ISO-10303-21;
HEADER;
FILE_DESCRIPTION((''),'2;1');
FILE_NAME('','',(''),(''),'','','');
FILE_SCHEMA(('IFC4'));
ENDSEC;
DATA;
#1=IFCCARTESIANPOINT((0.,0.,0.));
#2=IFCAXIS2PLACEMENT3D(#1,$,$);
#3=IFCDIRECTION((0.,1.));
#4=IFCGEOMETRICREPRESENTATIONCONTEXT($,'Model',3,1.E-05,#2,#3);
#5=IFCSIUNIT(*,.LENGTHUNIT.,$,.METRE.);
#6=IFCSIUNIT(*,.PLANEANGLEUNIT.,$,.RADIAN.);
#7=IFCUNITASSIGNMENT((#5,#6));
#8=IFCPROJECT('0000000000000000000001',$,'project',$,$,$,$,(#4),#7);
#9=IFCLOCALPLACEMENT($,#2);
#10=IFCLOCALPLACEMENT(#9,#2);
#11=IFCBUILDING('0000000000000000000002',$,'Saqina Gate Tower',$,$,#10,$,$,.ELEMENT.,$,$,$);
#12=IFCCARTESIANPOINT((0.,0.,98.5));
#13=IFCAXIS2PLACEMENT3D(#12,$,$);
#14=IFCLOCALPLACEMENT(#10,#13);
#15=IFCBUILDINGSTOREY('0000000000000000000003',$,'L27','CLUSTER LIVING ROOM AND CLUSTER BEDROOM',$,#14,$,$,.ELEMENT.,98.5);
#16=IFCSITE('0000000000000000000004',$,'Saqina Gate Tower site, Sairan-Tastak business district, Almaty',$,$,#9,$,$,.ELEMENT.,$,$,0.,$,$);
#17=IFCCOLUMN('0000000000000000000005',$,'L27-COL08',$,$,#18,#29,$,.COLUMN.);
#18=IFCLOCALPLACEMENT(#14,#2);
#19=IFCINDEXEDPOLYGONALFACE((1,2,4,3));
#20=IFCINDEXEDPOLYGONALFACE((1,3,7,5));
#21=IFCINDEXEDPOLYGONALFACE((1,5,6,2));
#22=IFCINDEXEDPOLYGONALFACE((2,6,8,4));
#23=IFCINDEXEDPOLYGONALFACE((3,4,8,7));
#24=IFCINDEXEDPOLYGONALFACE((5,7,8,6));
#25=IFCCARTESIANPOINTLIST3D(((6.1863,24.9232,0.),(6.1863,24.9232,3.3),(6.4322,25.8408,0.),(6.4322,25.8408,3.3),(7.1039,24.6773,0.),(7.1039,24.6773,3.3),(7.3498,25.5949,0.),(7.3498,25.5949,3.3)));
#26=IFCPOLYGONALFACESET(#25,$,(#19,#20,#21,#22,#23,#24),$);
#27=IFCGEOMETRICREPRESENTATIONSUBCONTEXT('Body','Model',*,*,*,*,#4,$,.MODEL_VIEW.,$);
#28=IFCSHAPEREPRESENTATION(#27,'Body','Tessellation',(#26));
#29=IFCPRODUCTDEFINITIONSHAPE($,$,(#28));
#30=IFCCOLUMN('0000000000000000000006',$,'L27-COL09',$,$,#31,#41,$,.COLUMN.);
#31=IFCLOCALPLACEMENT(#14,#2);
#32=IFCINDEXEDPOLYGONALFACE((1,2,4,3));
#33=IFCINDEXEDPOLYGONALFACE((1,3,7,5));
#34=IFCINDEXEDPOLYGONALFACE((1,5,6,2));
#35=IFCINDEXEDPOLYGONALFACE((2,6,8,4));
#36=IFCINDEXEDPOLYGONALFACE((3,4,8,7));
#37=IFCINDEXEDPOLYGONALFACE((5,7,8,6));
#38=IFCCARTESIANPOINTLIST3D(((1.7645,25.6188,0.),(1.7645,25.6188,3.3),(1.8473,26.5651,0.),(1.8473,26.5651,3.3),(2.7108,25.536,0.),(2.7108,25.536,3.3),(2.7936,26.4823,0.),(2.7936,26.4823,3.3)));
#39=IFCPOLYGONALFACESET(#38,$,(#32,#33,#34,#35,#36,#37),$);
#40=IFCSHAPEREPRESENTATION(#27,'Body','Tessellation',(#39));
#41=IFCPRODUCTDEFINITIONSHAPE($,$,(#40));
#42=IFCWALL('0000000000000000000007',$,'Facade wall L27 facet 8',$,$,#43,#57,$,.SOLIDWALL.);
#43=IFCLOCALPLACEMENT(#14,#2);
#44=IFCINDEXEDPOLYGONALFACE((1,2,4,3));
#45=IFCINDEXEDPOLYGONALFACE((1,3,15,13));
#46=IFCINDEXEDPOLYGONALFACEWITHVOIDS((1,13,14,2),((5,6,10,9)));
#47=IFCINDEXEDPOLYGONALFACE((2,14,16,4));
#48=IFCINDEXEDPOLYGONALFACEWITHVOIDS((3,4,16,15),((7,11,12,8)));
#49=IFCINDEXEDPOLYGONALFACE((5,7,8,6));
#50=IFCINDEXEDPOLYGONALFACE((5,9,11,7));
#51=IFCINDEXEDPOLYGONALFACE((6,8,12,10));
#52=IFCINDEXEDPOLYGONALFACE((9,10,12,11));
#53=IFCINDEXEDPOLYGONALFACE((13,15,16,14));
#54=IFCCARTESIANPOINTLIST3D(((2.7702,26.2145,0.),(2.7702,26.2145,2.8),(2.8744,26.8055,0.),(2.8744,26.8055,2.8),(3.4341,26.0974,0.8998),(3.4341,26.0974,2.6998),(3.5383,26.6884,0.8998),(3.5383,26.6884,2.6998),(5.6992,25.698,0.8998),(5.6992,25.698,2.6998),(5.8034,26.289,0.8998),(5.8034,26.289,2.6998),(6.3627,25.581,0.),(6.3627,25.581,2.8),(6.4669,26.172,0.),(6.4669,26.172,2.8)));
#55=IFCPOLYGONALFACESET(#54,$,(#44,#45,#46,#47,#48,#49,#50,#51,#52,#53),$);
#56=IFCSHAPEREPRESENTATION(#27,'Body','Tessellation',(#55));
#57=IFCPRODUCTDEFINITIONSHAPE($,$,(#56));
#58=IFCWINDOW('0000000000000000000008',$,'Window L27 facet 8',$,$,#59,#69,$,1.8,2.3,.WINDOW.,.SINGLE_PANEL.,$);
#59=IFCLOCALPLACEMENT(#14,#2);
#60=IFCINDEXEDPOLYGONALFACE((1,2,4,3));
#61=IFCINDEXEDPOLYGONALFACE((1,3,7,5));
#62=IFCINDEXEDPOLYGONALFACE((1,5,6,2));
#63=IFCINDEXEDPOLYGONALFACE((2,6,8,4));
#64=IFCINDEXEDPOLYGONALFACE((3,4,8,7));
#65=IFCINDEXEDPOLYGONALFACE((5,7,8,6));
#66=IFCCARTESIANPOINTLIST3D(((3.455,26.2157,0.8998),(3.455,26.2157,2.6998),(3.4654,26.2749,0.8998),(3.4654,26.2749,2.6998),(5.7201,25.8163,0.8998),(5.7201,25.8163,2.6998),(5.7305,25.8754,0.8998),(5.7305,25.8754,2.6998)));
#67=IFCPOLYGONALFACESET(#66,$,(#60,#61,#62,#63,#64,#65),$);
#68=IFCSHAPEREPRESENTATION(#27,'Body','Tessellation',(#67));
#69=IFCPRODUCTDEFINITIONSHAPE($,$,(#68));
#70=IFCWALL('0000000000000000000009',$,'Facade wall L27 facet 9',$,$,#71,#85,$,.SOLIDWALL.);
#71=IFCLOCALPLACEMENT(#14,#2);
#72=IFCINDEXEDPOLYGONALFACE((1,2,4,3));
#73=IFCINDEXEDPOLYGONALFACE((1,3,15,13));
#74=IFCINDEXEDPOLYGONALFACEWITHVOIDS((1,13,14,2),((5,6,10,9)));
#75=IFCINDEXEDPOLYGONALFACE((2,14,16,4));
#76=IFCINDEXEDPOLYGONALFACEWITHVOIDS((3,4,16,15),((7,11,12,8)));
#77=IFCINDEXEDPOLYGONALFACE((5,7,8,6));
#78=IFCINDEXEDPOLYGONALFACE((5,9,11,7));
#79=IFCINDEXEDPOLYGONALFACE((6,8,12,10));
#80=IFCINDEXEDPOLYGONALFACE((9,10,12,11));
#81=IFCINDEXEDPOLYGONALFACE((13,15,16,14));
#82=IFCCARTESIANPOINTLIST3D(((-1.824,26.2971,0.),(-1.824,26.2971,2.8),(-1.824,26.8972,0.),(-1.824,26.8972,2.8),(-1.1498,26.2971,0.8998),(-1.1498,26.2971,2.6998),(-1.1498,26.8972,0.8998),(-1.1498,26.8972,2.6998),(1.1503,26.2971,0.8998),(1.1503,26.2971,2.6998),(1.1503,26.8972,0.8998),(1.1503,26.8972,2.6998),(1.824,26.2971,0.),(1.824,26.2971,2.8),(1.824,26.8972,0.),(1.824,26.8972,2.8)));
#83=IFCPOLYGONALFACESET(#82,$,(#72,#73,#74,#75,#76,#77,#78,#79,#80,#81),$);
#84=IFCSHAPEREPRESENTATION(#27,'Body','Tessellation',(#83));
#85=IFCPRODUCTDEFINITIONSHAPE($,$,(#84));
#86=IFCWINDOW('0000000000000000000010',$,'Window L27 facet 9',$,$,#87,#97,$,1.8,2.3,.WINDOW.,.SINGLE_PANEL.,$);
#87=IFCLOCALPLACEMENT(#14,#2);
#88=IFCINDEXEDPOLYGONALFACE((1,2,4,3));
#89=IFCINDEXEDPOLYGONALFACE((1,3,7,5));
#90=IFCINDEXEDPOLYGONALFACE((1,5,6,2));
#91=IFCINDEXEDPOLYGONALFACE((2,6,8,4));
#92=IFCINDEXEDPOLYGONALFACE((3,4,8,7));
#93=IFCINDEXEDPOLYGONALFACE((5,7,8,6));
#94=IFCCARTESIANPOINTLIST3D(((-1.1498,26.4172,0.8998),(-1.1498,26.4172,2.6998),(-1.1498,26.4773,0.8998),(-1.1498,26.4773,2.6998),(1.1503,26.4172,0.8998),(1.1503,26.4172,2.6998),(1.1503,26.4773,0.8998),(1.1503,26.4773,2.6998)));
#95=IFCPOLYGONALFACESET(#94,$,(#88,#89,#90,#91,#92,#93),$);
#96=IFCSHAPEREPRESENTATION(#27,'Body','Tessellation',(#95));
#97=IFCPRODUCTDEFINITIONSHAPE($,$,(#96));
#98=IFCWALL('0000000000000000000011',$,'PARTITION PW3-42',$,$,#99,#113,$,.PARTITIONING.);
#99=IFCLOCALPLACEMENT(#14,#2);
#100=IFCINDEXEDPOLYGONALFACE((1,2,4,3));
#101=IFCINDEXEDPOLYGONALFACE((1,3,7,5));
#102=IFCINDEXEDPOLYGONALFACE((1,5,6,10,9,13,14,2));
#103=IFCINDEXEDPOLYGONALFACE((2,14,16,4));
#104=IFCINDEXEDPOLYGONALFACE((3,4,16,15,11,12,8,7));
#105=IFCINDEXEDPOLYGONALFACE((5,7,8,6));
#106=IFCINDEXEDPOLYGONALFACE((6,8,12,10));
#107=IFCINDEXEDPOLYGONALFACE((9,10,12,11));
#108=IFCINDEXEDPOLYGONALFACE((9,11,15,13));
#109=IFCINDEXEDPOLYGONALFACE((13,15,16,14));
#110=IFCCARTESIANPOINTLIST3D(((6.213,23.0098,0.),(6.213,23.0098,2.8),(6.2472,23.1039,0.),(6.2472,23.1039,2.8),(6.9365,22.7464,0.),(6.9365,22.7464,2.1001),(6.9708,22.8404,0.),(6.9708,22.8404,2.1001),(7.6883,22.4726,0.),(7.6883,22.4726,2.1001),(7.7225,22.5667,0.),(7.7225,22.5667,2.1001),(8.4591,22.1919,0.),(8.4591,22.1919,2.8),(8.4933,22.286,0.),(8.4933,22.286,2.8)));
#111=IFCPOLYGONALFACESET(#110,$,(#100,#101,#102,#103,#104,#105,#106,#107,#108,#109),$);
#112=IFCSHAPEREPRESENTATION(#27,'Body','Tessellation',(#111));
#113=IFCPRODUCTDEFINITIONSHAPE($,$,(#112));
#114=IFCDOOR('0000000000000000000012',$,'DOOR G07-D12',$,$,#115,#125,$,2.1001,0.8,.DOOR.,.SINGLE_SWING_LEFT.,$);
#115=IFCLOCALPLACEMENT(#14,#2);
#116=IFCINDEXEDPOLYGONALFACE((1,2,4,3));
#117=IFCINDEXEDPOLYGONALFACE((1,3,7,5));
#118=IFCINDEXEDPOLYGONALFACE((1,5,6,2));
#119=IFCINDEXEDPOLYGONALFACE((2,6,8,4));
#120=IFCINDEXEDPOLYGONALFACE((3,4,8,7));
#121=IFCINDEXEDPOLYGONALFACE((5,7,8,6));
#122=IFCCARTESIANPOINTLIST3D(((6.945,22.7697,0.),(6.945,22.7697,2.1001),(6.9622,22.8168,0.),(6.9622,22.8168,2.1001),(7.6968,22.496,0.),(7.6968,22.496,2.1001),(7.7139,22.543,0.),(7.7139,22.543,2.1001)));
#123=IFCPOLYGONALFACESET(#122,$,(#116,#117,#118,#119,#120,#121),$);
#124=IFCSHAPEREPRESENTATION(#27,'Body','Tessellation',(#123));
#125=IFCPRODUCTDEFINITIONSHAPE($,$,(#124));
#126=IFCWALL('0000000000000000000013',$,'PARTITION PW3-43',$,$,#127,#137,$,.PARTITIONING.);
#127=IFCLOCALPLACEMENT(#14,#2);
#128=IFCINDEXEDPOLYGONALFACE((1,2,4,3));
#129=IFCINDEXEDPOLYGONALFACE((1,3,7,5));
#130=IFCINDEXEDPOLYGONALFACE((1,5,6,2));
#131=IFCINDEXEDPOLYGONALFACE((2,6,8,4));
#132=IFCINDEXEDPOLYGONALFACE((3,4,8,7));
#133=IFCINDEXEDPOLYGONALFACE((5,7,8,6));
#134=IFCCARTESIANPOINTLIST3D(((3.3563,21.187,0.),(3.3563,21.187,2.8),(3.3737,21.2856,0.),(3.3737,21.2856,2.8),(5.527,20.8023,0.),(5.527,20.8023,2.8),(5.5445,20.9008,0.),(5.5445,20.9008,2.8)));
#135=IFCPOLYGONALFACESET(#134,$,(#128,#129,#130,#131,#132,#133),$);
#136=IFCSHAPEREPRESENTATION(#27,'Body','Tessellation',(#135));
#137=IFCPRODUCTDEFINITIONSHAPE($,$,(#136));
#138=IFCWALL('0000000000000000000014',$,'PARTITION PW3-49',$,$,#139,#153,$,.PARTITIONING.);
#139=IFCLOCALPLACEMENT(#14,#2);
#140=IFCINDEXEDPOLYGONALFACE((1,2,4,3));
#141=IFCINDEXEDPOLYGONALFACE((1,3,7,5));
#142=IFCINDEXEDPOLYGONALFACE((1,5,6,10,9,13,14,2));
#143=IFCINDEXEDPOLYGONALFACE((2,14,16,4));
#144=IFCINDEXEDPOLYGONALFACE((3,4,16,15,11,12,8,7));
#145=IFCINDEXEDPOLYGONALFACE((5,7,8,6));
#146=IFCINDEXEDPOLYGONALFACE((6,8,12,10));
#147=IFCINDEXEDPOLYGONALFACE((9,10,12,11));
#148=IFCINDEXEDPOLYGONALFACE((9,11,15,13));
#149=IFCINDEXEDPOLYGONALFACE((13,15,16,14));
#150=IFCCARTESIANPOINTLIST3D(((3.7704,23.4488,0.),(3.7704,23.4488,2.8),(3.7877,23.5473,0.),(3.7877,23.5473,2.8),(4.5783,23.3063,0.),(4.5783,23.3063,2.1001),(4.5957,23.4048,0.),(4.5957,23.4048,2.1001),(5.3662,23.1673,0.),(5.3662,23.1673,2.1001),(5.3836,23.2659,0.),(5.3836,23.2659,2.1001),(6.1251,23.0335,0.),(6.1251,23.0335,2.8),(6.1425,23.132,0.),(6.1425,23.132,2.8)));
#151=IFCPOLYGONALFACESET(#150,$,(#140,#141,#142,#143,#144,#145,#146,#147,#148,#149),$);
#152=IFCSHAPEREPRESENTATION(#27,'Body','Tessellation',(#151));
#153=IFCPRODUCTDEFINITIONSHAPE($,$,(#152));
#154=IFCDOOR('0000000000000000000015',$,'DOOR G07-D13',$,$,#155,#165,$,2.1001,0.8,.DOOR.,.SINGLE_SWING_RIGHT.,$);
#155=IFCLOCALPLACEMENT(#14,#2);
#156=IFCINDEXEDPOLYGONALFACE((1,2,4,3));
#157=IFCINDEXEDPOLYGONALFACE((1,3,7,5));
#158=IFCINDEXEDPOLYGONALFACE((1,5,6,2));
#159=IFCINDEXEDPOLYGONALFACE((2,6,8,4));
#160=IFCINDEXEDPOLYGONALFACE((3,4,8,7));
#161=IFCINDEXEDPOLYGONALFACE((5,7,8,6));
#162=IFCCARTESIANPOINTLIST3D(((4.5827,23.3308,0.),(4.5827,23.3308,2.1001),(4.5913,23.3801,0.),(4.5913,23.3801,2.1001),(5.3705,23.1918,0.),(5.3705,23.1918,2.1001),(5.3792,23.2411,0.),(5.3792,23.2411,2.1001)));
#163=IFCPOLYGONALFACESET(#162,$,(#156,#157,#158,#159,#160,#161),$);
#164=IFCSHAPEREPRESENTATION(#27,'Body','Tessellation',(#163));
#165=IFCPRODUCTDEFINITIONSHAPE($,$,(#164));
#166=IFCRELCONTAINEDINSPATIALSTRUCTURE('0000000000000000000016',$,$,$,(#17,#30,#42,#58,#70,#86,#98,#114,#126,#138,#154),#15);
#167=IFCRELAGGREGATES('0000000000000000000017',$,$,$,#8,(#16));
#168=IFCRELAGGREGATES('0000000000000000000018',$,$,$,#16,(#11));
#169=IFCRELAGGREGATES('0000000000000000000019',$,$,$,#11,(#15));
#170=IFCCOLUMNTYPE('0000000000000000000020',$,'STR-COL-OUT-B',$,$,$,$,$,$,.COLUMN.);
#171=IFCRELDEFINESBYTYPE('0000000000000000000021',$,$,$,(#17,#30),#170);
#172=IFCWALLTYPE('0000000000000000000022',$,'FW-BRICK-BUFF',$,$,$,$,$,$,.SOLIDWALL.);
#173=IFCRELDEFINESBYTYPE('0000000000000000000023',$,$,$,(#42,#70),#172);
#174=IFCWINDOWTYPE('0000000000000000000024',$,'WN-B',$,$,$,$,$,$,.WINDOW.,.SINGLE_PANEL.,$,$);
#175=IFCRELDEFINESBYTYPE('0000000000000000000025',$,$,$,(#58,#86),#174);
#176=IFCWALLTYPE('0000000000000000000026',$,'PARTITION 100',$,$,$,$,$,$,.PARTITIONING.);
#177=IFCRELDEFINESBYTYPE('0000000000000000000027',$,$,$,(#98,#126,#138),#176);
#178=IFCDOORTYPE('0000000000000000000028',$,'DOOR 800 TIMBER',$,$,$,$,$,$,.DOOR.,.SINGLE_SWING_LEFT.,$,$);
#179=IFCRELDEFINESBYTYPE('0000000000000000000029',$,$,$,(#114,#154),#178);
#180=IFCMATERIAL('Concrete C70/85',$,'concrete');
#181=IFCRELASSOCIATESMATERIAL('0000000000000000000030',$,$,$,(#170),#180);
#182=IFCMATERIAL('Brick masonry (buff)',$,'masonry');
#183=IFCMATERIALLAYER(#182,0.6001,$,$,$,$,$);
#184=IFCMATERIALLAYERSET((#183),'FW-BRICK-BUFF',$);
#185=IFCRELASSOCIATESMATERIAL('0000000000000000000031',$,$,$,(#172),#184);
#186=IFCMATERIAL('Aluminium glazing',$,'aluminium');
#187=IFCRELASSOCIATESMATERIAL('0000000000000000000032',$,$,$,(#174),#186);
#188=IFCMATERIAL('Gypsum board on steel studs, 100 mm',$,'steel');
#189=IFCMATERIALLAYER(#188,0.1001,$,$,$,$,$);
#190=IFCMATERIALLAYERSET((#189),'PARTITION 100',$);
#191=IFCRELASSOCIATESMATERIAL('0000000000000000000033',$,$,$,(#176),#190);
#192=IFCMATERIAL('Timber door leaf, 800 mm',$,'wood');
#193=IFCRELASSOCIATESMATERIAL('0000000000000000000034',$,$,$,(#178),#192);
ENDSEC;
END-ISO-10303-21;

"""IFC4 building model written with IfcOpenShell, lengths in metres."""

from ifc_helpers import new_model, si_unit, direction, frame, frame_2d, origin, origin_2d, place, context, subcontext, project, spatial, rectangle, extrude, material, layer, layer_set, material_profile, profile_set, type_object, element, fill, save


model = new_model("IFC4")

# Units and contexts
model_context = context("Model", 3, precision=1e-05, world=origin(), true_north=direction((0.0, 1.0)))
body_context = subcontext(model_context, "Body", "Model", "MODEL_VIEW")
ifc_project = project(units=[si_unit("LENGTHUNIT", "METRE"), si_unit("PLANEANGLEUNIT", "RADIAN")], contexts=[model_context])

# Site, building, storey
site_placement = place(None, origin())
site = spatial("IfcSite", under=ifc_project, at=site_placement, Name="Saqina Gate Tower site, Sairan-Tastak business district, Almaty", CompositionType="ELEMENT", RefElevation=0.0)
building_placement = place(site_placement, origin())
building = spatial("IfcBuilding", under=site, at=building_placement, Name="Saqina Gate Tower", CompositionType="ELEMENT")
storey_placement = place(building_placement, frame((0.0, 0.0, 98.5)))
storey = spatial("IfcBuildingStorey", under=building, at=storey_placement, Name="L27", Description="CLUSTER LIVING ROOM AND CLUSTER BEDROOM", CompositionType="ELEMENT", Elevation=98.5)

# Columns
ifc_material_1 = material(Name="Concrete C70/85", Category="concrete")
ifc_material_profile = material_profile(ifc_material_1, rectangle(XDim=0.95, YDim=0.95, at=origin_2d()), Name="RC 950x950")
ifc_profile_set = profile_set([ifc_material_profile], Name="Concrete C70/85")
column_type = type_object("IfcColumnType", Name="STR-COL-OUT-B", PredefinedType="COLUMN", material=ifc_profile_set)
for number, where, z_axis, x_axis, name in (
    (1, (6.7681, 25.259, 0.0), (0.0, 0.0, 1.0), (0.258819, 0.965926, 0.0), "L27-COL08"),
    (2, (2.2791, 26.0505, 0.0), (0.0, 0.0, 1.0), (0.087156, 0.996195, 0.0), "L27-COL09"),
):
    element("IfcColumn", number, at=place(storey_placement, frame(where, z_axis=z_axis, x_axis=x_axis)), inside=storey, type_object=column_type, Name=name, PredefinedType="COLUMN", context=body_context, shape_type="SweptSolid", body=[
        extrude(rectangle(XDim=0.95, YDim=0.95, at=origin_2d()), origin(), (0.0, 0.0, 1.0), 3.3),
    ])

# Walls, openings, windows
ifc_material_2 = material(Name="Brick masonry (buff)", Category="masonry")
ifc_layer_1 = layer(ifc_material_2, 0.6001)
ifc_layer_set_1 = layer_set([ifc_layer_1], Name="FW-BRICK-BUFF")
wall_type_1 = type_object("IfcWallType", Name="FW-BRICK-BUFF", PredefinedType="SOLIDWALL", material=ifc_layer_set_1)
wall_1_placement = place(storey_placement, frame((6.4148, 25.8765, 0.0), z_axis=(0.0, 0.0, 1.0), x_axis=(-0.984804, 0.173671, 0.0)))
wall_1 = element("IfcWall", 3, at=wall_1_placement, inside=storey, type_object=wall_type_1, Name="Facade wall L27 facet 8", PredefinedType="SOLIDWALL", context=body_context, shape_type="SweptSolid", body=[
    extrude(rectangle(XDim=3.6479, YDim=0.6001, at=frame_2d((1.824, 0.0))), origin(), (0.0, 0.0, 1.0), 2.8),
])
opening_1_placement = place(wall_1_placement, frame((0.6738, 0.0, 0.8999)))
opening_1 = element("IfcOpeningElement", 4, at=opening_1_placement, cuts=wall_1, PredefinedType="OPENING", context=body_context, shape_type="SweptSolid", body=[
    extrude(rectangle(XDim=2.3, YDim=1.8, at=frame_2d((1.1499, 0.8999))), frame((0.0, 0.312, 0.0), z_axis=(0.0, -1.0, 0.0), x_axis=(1.0, 0.0, 0.0)), (0.0, 0.0, 1.0), 0.624),
])
ifc_material_3 = material(Name="Aluminium glazing", Category="aluminium")
window_type = type_object("IfcWindowType", Name="WN-B", PartitioningType="SINGLE_PANEL", PredefinedType="WINDOW", material=ifc_material_3)
window_1_placement = place(opening_1_placement, origin())
window_1 = element("IfcWindow", 5, at=window_1_placement, inside=storey, type_object=window_type, Name="Window L27 facet 8", OverallHeight=1.8, OverallWidth=2.3, PartitioningType="SINGLE_PANEL", PredefinedType="WINDOW", context=body_context, shape_type="SweptSolid", body=[
    extrude(rectangle(XDim=2.3, YDim=1.8, at=frame_2d((1.1499, 0.8999))), frame((0.0, 0.1799, 0.0), z_axis=(0.0, -1.0, 0.0), x_axis=(1.0, 0.0, 0.0)), (0.0, 0.0, 1.0), 0.0601),
])
fill(opening_1, window_1)
wall_2_placement = place(storey_placement, frame((1.824, 26.5972, 0.0), z_axis=(0.0, 0.0, 1.0), x_axis=(-1.0, 0.0, 0.0)))
wall_2 = element("IfcWall", 6, at=wall_2_placement, inside=storey, type_object=wall_type_1, Name="Facade wall L27 facet 9", PredefinedType="SOLIDWALL", context=body_context, shape_type="SweptSolid", body=[
    extrude(rectangle(XDim=3.6479, YDim=0.6001, at=frame_2d((1.824, 0.0))), origin(), (0.0, 0.0, 1.0), 2.8),
])
opening_2_placement = place(wall_2_placement, frame((0.6738, 0.0, 0.8999)))
opening_2 = element("IfcOpeningElement", 7, at=opening_2_placement, cuts=wall_2, PredefinedType="OPENING", context=body_context, shape_type="SweptSolid", body=[
    extrude(rectangle(XDim=2.3, YDim=1.8, at=frame_2d((1.1499, 0.8999))), frame((0.0, 0.312, 0.0), z_axis=(0.0, -1.0, 0.0), x_axis=(1.0, 0.0, 0.0)), (0.0, 0.0, 1.0), 0.624),
])
window_2_placement = place(opening_2_placement, origin())
window_2 = element("IfcWindow", 8, at=window_2_placement, inside=storey, type_object=window_type, Name="Window L27 facet 9", OverallHeight=1.8, OverallWidth=2.3, PartitioningType="SINGLE_PANEL", PredefinedType="WINDOW", context=body_context, shape_type="SweptSolid", body=[
    extrude(rectangle(XDim=2.3, YDim=1.8, at=frame_2d((1.1499, 0.8999))), frame((0.0, 0.1799, 0.0), z_axis=(0.0, -1.0, 0.0), x_axis=(1.0, 0.0, 0.0)), (0.0, 0.0, 1.0), 0.0601),
])
fill(opening_2, window_2)

# Wall, opening, door
ifc_material_4 = material(Name="Gypsum board on steel studs, 100 mm", Category="steel")
ifc_layer_2 = layer(ifc_material_4, 0.1001)
ifc_layer_set_2 = layer_set([ifc_layer_2], Name="PARTITION 100")
wall_type_2 = type_object("IfcWallType", Name="PARTITION 100", PredefinedType="PARTITIONING", material=ifc_layer_set_2)
wall_3_placement = place(storey_placement, frame((6.23, 23.0569, 0.0), z_axis=(0.0, 0.0, 1.0), x_axis=(0.939644, -0.342153, 0.0)))
wall_3 = element("IfcWall", 9, at=wall_3_placement, inside=storey, type_object=wall_type_2, Name="PARTITION PW3-42", PredefinedType="PARTITIONING", context=body_context, shape_type="SweptSolid", body=[
    extrude(rectangle(XDim=2.3904, YDim=0.1001, at=frame_2d((1.1953, 0.0))), origin(), (0.0, 0.0, 1.0), 2.8),
])
opening_3_placement = place(wall_3_placement, frame((0.7703, 0.0, 0.0)))
opening_3 = element("IfcOpeningElement", 10, at=opening_3_placement, cuts=wall_3, PredefinedType="OPENING", context=body_context, shape_type="SweptSolid", body=[
    extrude(rectangle(XDim=0.8, YDim=2.1001, at=frame_2d((0.3999, 1.05))), frame((0.0, 0.062, 0.0), z_axis=(0.0, -1.0, 0.0), x_axis=(1.0, 0.0, 0.0)), (0.0, 0.0, 1.0), 0.124),
])
ifc_material_5 = material(Name="Timber door leaf, 800 mm", Category="wood")
door_type_1 = type_object("IfcDoorType", Name="DOOR 800 TIMBER", OperationType="SINGLE_SWING_LEFT", PredefinedType="DOOR", material=ifc_material_5)
door_1_placement = place(opening_3_placement, origin())
door_1 = element("IfcDoor", 11, at=door_1_placement, inside=storey, type_object=door_type_1, Name="DOOR G07-D12", OperationType="SINGLE_SWING_LEFT", OverallHeight=2.1001, OverallWidth=0.8, PredefinedType="DOOR", context=body_context, shape_type="SweptSolid", body=[
    extrude(rectangle(XDim=0.8, YDim=2.1001, at=frame_2d((0.3999, 1.05))), frame((0.0, 0.0249, 0.0), z_axis=(0.0, -1.0, 0.0), x_axis=(1.0, 0.0, 0.0)), (0.0, 0.0, 1.0), 0.05),
])
fill(opening_3, door_1)

# Wall
wall_4_placement = place(storey_placement, frame((3.365, 21.2363, 0.0), z_axis=(0.0, 0.0, 1.0), x_axis=(0.984651, -0.174537, 0.0)))
element("IfcWall", 12, at=wall_4_placement, inside=storey, type_object=wall_type_2, Name="PARTITION PW3-43", PredefinedType="PARTITIONING", context=body_context, shape_type="SweptSolid", body=[
    extrude(rectangle(XDim=2.2046, YDim=0.1001, at=frame_2d((1.1023, 0.0))), origin(), (0.0, 0.0, 1.0), 2.8),
])

# Wall, opening, door
wall_5_placement = place(storey_placement, frame((3.7791, 23.498, 0.0), z_axis=(0.0, 0.0, 1.0), x_axis=(0.984802, -0.17368, 0.0)))
wall_5 = element("IfcWall", 13, at=wall_5_placement, inside=storey, type_object=wall_type_2, Name="PARTITION PW3-49", PredefinedType="PARTITIONING", context=body_context, shape_type="SweptSolid", body=[
    extrude(rectangle(XDim=2.3911, YDim=0.1001, at=frame_2d((1.1956, 0.0))), origin(), (0.0, 0.0, 1.0), 2.8),
])
opening_4_placement = place(wall_5_placement, frame((0.8206, 0.0, 0.0)))
opening_4 = element("IfcOpeningElement", 14, at=opening_4_placement, cuts=wall_5, PredefinedType="OPENING", context=body_context, shape_type="SweptSolid", body=[
    extrude(rectangle(XDim=0.8, YDim=2.1001, at=frame_2d((0.3999, 1.05))), frame((0.0, 0.062, 0.0), z_axis=(0.0, -1.0, 0.0), x_axis=(1.0, 0.0, 0.0)), (0.0, 0.0, 1.0), 0.124),
])
door_2_placement = place(opening_4_placement, origin())
door_2 = element("IfcDoor", 15, at=door_2_placement, inside=storey, type_object=door_type_1, Name="DOOR G07-D13", OperationType="SINGLE_SWING_RIGHT", OverallHeight=2.1001, OverallWidth=0.8, PredefinedType="DOOR", context=body_context, shape_type="SweptSolid", body=[
    extrude(rectangle(XDim=0.8, YDim=2.1001, at=frame_2d((0.3999, 1.05))), frame((0.0, 0.0249, 0.0), z_axis=(0.0, -1.0, 0.0), x_axis=(1.0, 0.0, 0.0)), (0.0, 0.0, 1.0), 0.05),
])
fill(opening_4, door_2)

save(model, "model.ifc")
